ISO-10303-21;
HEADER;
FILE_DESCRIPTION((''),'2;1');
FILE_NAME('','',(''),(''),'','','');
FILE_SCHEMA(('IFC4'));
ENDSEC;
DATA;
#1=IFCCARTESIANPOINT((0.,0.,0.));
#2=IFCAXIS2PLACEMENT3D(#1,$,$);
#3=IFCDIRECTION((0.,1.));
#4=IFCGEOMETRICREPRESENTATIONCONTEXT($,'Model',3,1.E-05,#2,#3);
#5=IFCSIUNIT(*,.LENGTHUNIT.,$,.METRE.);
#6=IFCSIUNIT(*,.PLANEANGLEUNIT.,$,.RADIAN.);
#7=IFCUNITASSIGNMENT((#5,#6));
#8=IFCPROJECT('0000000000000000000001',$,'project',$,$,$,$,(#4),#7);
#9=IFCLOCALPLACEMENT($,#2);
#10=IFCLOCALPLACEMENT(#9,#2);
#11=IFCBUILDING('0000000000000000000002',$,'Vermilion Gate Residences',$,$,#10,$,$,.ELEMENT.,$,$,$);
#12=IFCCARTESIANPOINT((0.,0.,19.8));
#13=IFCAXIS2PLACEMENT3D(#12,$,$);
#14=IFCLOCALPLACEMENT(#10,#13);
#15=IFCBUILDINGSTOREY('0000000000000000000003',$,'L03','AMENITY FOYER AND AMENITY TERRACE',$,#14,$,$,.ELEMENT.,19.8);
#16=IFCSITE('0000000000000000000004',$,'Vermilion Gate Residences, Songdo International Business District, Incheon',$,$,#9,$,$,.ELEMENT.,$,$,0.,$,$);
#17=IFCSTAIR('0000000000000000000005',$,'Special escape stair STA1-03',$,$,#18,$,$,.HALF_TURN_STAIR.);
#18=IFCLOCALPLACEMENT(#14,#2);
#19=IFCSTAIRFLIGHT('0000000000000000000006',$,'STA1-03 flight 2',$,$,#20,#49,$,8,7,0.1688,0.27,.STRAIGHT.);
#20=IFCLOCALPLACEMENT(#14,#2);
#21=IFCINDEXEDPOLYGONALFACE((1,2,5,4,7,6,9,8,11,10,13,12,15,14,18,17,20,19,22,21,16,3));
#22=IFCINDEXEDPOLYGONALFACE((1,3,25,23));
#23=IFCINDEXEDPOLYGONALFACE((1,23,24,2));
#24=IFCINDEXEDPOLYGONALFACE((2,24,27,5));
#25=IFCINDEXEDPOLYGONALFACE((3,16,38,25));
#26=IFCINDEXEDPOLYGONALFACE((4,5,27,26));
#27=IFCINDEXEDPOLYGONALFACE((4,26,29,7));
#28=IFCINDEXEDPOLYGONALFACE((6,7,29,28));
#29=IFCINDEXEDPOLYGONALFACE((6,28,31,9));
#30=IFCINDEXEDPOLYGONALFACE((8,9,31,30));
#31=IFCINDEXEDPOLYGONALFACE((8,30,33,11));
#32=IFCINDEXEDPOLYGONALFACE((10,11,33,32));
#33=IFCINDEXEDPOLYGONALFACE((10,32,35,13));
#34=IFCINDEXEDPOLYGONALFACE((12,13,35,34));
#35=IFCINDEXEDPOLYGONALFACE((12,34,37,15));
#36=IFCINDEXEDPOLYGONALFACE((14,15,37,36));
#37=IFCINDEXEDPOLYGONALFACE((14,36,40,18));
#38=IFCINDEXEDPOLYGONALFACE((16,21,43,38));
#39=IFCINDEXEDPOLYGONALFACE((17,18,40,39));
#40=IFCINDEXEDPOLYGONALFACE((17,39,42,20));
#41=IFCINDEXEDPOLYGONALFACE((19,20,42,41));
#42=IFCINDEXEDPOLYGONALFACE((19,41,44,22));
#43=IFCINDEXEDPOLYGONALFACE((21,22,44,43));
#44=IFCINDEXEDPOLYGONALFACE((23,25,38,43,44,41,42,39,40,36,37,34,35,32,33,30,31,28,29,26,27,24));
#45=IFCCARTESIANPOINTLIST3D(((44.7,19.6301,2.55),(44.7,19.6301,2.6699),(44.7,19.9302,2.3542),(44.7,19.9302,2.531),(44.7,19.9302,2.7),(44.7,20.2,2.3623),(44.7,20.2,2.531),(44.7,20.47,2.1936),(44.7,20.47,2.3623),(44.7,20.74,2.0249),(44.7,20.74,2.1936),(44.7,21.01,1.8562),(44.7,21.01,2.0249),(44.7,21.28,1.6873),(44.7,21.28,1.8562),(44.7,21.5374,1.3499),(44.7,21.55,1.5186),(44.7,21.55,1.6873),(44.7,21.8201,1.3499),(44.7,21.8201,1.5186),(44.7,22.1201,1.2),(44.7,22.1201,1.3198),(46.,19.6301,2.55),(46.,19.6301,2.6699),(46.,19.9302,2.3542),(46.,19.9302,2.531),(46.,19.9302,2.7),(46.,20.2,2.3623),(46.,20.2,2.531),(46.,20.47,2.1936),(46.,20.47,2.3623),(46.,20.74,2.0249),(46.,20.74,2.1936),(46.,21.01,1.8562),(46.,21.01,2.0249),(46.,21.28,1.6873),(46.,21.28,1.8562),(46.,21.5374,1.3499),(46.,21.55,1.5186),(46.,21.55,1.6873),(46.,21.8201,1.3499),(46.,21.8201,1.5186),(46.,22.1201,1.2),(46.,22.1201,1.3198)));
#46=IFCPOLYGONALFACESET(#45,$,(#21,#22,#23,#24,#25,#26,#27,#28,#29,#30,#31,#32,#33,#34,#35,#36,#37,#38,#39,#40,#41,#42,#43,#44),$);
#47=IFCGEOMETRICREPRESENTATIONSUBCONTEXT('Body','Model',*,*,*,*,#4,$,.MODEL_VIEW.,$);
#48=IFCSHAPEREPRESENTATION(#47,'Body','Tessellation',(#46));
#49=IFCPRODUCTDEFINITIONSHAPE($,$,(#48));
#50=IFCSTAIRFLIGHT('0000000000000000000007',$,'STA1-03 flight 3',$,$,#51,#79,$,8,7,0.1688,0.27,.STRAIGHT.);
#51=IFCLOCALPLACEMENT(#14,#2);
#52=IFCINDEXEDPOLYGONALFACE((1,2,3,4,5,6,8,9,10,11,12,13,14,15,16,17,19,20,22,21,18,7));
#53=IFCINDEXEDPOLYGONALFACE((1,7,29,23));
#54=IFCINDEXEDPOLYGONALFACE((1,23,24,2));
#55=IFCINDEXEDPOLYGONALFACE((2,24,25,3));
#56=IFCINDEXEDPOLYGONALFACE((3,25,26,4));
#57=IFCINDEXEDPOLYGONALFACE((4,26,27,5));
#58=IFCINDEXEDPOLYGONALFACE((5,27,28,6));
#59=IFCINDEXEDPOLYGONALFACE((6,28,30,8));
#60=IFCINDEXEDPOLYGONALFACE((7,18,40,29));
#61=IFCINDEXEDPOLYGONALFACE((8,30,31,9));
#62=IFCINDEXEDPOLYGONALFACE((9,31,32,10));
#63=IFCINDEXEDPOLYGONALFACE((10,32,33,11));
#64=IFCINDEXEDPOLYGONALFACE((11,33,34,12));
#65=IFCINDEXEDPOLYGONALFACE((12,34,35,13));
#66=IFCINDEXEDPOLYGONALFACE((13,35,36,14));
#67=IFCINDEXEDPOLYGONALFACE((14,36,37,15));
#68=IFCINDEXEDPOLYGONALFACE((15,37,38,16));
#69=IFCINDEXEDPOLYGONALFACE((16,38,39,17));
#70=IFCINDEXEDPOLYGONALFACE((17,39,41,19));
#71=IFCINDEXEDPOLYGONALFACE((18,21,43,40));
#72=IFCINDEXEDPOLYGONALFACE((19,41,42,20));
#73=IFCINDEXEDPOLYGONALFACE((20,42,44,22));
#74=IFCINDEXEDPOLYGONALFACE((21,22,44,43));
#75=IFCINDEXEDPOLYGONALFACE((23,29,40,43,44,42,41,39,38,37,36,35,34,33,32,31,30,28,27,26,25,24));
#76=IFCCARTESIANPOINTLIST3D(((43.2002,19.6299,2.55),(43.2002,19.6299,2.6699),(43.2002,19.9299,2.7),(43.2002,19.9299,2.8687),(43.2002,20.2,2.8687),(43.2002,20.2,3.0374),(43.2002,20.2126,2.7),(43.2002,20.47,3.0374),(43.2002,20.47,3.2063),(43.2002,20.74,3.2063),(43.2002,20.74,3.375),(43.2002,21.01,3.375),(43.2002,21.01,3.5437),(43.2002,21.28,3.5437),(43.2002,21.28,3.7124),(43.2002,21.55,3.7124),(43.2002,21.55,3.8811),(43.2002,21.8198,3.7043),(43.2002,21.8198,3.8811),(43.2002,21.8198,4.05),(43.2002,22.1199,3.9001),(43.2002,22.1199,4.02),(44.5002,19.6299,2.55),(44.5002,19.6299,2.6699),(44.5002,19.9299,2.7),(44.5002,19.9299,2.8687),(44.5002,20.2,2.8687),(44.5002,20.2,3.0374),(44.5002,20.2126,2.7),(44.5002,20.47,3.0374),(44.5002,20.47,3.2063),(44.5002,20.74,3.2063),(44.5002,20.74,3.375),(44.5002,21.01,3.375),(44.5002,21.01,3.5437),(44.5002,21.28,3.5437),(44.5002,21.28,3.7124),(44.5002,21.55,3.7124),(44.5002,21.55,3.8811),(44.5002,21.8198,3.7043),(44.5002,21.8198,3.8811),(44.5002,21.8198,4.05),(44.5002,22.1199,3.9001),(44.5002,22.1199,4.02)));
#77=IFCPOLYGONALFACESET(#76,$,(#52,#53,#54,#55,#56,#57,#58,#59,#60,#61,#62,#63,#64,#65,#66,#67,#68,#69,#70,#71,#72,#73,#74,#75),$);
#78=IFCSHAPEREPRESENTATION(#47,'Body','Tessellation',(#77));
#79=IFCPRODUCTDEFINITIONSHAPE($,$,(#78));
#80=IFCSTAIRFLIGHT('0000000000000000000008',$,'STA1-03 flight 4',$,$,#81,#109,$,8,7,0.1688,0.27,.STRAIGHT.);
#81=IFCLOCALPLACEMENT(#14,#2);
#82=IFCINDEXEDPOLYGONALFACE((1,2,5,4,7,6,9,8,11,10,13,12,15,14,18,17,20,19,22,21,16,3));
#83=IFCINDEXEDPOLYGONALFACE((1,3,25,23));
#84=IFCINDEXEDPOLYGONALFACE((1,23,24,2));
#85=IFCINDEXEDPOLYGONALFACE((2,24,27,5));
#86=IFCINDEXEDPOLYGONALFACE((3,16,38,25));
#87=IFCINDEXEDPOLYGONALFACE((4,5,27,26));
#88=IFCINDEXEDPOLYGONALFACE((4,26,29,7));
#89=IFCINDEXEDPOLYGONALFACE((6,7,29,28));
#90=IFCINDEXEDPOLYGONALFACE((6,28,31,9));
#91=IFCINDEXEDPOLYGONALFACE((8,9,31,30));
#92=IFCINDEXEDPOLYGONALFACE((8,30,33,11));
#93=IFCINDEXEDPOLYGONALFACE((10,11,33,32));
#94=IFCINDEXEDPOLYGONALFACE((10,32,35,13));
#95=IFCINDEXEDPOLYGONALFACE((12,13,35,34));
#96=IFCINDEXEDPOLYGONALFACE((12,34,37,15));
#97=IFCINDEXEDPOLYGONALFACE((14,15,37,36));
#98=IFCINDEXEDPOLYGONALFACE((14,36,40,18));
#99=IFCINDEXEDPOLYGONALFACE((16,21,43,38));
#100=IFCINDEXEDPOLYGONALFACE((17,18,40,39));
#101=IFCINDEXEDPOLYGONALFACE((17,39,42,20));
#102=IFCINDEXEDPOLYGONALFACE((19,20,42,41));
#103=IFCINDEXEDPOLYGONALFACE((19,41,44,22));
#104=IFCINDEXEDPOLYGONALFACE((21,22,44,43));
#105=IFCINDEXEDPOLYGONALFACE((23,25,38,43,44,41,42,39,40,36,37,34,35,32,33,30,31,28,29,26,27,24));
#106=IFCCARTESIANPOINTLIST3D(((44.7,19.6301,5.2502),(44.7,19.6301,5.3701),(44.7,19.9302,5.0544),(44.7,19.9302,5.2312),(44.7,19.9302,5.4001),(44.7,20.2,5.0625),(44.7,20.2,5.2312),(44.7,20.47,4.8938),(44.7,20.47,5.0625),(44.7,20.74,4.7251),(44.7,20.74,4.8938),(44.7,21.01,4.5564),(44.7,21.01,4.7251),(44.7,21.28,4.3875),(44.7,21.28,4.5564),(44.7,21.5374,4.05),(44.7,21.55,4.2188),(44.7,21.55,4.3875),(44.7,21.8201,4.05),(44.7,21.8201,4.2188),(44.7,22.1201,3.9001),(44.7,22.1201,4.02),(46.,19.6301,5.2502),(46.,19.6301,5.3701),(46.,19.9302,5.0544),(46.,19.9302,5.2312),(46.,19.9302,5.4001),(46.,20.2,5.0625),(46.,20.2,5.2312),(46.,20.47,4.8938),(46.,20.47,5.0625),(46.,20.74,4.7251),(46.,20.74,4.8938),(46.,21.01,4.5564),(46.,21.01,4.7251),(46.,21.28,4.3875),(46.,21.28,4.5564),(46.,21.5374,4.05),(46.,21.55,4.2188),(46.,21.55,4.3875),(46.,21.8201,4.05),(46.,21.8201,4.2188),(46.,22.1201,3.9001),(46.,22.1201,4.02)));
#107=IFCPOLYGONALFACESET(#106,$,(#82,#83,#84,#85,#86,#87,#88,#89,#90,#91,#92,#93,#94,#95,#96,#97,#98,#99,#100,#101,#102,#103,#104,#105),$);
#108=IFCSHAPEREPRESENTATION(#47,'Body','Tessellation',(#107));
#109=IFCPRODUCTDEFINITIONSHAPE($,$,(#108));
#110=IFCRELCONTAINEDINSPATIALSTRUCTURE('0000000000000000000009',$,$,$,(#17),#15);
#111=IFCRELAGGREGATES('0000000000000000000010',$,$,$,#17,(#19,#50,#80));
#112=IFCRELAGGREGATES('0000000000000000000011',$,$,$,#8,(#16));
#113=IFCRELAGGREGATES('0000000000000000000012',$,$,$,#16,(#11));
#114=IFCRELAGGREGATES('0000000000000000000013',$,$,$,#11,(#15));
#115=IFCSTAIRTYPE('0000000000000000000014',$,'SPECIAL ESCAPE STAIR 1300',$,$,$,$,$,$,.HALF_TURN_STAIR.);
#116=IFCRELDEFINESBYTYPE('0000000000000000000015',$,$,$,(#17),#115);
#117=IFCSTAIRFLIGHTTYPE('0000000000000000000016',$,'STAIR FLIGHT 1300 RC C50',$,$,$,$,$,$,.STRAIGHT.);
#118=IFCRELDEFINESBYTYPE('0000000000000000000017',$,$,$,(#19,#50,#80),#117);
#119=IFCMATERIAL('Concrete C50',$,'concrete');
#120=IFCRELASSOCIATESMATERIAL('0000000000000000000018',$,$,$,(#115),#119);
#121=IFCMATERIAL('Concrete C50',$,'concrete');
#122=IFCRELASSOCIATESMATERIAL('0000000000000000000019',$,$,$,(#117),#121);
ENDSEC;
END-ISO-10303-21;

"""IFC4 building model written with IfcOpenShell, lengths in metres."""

from ifc_helpers import new_model, si_unit, direction, frame, origin, place, context, subcontext, project, spatial, polyline, outline, extrude, material, type_object, element, aggregate, save


model = new_model("IFC4")

# Units and contexts
model_context = context("Model", 3, precision=1e-05, world=origin(), true_north=direction((0.0, 1.0)))
body_context = subcontext(model_context, "Body", "Model", "MODEL_VIEW")
ifc_project = project(units=[si_unit("LENGTHUNIT", "METRE"), si_unit("PLANEANGLEUNIT", "RADIAN")], contexts=[model_context])

# Site, building, storey
site_placement = place(None, origin())
site = spatial("IfcSite", under=ifc_project, at=site_placement, Name="Vermilion Gate Residences, Songdo International Business District, Incheon", CompositionType="ELEMENT", RefElevation=0.0)
building_placement = place(site_placement, origin())
building = spatial("IfcBuilding", under=site, at=building_placement, Name="Vermilion Gate Residences", CompositionType="ELEMENT")
storey_placement = place(building_placement, frame((0.0, 0.0, 19.8)))
storey = spatial("IfcBuildingStorey", under=building, at=storey_placement, Name="L03", Description="AMENITY FOYER AND AMENITY TERRACE", CompositionType="ELEMENT", Elevation=19.8)

# Stair, stair flights
ifc_material_1 = material(Name="Concrete C50", Category="concrete")
stair_type = type_object("IfcStairType", Name="SPECIAL ESCAPE STAIR 1300", PredefinedType="HALF_TURN_STAIR", material=ifc_material_1)
stair_placement = place(storey_placement, origin())
stair = element("IfcStair", 1, at=stair_placement, inside=storey, type_object=stair_type, Name="Special escape stair STA1-03", PredefinedType="HALF_TURN_STAIR")
ifc_material_2 = material(Name="Concrete C50", Category="concrete")
stair_flight_type = type_object("IfcStairFlightType", Name="STAIR FLIGHT 1300 RC C50", PredefinedType="STRAIGHT", material=ifc_material_2)
stair_flight_1_placement = place(storey_placement, frame((45.3501, 21.8201, 1.3499), z_axis=(0.0, 0.0, 1.0), x_axis=(0.0, -1.0, 0.0)))
stair_flight_1 = element("IfcStairFlight", 2, at=stair_flight_1_placement, type_object=stair_flight_type, Name="STA1-03 flight 2", NumberOfRisers=8, NumberOfTreads=7, PredefinedType="STRAIGHT", RiserHeight=0.1688, TreadLength=0.27, context=body_context, shape_type="SweptSolid", body=[
    extrude(outline(polyline([(-0.3, -0.1499), (-0.3, -0.03), (0.0, 0.0), (0.0, 0.1687), (0.27, 0.1687), (0.27, 0.3374), (0.54, 0.3374), (0.54, 0.5063), (0.8101, 0.5063), (0.8101, 0.675), (1.0801, 0.675), (1.0801, 0.8438), (1.3501, 0.8438), (1.3501, 1.0125), (1.6201, 1.0125), (1.6201, 1.1812), (1.8899, 1.1812), (1.8899, 1.3501), (2.1899, 1.3201), (2.1899, 1.2002), (1.8899, 1.0044), (0.2827, 0.0), (-0.3, -0.1499)])), frame((0.0, 0.6499, 0.0), z_axis=(0.0, -1.0, 0.0), x_axis=(1.0, 0.0, 0.0)), (0.0, 0.0, 1.0), 1.3),
])
stair_flight_2_placement = place(storey_placement, frame((43.8501, 19.9299, 2.7), z_axis=(0.0, 0.0, 1.0), x_axis=(0.0, 1.0, 0.0)))
stair_flight_2 = element("IfcStairFlight", 3, at=stair_flight_2_placement, type_object=stair_flight_type, Name="STA1-03 flight 3", NumberOfRisers=8, NumberOfTreads=7, PredefinedType="STRAIGHT", RiserHeight=0.1688, TreadLength=0.27, context=body_context, shape_type="SweptSolid", body=[
    extrude(outline(polyline([(-0.3, -0.1499), (-0.3, -0.03), (0.0, 0.0), (0.0, 0.1687), (0.27, 0.1687), (0.27, 0.3374), (0.54, 0.3374), (0.54, 0.5063), (0.8101, 0.5063), (0.8101, 0.675), (1.0801, 0.675), (1.0801, 0.8438), (1.3501, 0.8438), (1.3501, 1.0125), (1.6201, 1.0125), (1.6201, 1.1812), (1.8899, 1.1812), (1.8899, 1.3501), (2.1899, 1.3201), (2.1899, 1.2002), (1.8899, 1.0044), (0.2827, 0.0), (-0.3, -0.1499)])), frame((0.0, 0.6499, 0.0), z_axis=(0.0, -1.0, 0.0), x_axis=(1.0, 0.0, 0.0)), (0.0, 0.0, 1.0), 1.3),
])
stair_flight_3_placement = place(storey_placement, frame((45.3501, 21.8201, 4.05), z_axis=(0.0, 0.0, 1.0), x_axis=(0.0, -1.0, 0.0)))
stair_flight_3 = element("IfcStairFlight", 4, at=stair_flight_3_placement, type_object=stair_flight_type, Name="STA1-03 flight 4", NumberOfRisers=8, NumberOfTreads=7, PredefinedType="STRAIGHT", RiserHeight=0.1688, TreadLength=0.27, context=body_context, shape_type="SweptSolid", body=[
    extrude(outline(polyline([(-0.3, -0.1499), (-0.3, -0.03), (0.0, 0.0), (0.0, 0.1687), (0.27, 0.1687), (0.27, 0.3374), (0.54, 0.3374), (0.54, 0.5063), (0.8101, 0.5063), (0.8101, 0.675), (1.0801, 0.675), (1.0801, 0.8438), (1.3501, 0.8438), (1.3501, 1.0125), (1.6201, 1.0125), (1.6201, 1.1812), (1.8899, 1.1812), (1.8899, 1.3501), (2.1899, 1.3201), (2.1899, 1.2002), (1.8899, 1.0044), (0.2827, 0.0), (-0.3, -0.1499)])), frame((0.0, 0.6499, 0.0), z_axis=(0.0, -1.0, 0.0), x_axis=(1.0, 0.0, 0.0)), (0.0, 0.0, 1.0), 1.3),
])
aggregate(stair, [stair_flight_1, stair_flight_2, stair_flight_3])

save(model, "model.ifc")
